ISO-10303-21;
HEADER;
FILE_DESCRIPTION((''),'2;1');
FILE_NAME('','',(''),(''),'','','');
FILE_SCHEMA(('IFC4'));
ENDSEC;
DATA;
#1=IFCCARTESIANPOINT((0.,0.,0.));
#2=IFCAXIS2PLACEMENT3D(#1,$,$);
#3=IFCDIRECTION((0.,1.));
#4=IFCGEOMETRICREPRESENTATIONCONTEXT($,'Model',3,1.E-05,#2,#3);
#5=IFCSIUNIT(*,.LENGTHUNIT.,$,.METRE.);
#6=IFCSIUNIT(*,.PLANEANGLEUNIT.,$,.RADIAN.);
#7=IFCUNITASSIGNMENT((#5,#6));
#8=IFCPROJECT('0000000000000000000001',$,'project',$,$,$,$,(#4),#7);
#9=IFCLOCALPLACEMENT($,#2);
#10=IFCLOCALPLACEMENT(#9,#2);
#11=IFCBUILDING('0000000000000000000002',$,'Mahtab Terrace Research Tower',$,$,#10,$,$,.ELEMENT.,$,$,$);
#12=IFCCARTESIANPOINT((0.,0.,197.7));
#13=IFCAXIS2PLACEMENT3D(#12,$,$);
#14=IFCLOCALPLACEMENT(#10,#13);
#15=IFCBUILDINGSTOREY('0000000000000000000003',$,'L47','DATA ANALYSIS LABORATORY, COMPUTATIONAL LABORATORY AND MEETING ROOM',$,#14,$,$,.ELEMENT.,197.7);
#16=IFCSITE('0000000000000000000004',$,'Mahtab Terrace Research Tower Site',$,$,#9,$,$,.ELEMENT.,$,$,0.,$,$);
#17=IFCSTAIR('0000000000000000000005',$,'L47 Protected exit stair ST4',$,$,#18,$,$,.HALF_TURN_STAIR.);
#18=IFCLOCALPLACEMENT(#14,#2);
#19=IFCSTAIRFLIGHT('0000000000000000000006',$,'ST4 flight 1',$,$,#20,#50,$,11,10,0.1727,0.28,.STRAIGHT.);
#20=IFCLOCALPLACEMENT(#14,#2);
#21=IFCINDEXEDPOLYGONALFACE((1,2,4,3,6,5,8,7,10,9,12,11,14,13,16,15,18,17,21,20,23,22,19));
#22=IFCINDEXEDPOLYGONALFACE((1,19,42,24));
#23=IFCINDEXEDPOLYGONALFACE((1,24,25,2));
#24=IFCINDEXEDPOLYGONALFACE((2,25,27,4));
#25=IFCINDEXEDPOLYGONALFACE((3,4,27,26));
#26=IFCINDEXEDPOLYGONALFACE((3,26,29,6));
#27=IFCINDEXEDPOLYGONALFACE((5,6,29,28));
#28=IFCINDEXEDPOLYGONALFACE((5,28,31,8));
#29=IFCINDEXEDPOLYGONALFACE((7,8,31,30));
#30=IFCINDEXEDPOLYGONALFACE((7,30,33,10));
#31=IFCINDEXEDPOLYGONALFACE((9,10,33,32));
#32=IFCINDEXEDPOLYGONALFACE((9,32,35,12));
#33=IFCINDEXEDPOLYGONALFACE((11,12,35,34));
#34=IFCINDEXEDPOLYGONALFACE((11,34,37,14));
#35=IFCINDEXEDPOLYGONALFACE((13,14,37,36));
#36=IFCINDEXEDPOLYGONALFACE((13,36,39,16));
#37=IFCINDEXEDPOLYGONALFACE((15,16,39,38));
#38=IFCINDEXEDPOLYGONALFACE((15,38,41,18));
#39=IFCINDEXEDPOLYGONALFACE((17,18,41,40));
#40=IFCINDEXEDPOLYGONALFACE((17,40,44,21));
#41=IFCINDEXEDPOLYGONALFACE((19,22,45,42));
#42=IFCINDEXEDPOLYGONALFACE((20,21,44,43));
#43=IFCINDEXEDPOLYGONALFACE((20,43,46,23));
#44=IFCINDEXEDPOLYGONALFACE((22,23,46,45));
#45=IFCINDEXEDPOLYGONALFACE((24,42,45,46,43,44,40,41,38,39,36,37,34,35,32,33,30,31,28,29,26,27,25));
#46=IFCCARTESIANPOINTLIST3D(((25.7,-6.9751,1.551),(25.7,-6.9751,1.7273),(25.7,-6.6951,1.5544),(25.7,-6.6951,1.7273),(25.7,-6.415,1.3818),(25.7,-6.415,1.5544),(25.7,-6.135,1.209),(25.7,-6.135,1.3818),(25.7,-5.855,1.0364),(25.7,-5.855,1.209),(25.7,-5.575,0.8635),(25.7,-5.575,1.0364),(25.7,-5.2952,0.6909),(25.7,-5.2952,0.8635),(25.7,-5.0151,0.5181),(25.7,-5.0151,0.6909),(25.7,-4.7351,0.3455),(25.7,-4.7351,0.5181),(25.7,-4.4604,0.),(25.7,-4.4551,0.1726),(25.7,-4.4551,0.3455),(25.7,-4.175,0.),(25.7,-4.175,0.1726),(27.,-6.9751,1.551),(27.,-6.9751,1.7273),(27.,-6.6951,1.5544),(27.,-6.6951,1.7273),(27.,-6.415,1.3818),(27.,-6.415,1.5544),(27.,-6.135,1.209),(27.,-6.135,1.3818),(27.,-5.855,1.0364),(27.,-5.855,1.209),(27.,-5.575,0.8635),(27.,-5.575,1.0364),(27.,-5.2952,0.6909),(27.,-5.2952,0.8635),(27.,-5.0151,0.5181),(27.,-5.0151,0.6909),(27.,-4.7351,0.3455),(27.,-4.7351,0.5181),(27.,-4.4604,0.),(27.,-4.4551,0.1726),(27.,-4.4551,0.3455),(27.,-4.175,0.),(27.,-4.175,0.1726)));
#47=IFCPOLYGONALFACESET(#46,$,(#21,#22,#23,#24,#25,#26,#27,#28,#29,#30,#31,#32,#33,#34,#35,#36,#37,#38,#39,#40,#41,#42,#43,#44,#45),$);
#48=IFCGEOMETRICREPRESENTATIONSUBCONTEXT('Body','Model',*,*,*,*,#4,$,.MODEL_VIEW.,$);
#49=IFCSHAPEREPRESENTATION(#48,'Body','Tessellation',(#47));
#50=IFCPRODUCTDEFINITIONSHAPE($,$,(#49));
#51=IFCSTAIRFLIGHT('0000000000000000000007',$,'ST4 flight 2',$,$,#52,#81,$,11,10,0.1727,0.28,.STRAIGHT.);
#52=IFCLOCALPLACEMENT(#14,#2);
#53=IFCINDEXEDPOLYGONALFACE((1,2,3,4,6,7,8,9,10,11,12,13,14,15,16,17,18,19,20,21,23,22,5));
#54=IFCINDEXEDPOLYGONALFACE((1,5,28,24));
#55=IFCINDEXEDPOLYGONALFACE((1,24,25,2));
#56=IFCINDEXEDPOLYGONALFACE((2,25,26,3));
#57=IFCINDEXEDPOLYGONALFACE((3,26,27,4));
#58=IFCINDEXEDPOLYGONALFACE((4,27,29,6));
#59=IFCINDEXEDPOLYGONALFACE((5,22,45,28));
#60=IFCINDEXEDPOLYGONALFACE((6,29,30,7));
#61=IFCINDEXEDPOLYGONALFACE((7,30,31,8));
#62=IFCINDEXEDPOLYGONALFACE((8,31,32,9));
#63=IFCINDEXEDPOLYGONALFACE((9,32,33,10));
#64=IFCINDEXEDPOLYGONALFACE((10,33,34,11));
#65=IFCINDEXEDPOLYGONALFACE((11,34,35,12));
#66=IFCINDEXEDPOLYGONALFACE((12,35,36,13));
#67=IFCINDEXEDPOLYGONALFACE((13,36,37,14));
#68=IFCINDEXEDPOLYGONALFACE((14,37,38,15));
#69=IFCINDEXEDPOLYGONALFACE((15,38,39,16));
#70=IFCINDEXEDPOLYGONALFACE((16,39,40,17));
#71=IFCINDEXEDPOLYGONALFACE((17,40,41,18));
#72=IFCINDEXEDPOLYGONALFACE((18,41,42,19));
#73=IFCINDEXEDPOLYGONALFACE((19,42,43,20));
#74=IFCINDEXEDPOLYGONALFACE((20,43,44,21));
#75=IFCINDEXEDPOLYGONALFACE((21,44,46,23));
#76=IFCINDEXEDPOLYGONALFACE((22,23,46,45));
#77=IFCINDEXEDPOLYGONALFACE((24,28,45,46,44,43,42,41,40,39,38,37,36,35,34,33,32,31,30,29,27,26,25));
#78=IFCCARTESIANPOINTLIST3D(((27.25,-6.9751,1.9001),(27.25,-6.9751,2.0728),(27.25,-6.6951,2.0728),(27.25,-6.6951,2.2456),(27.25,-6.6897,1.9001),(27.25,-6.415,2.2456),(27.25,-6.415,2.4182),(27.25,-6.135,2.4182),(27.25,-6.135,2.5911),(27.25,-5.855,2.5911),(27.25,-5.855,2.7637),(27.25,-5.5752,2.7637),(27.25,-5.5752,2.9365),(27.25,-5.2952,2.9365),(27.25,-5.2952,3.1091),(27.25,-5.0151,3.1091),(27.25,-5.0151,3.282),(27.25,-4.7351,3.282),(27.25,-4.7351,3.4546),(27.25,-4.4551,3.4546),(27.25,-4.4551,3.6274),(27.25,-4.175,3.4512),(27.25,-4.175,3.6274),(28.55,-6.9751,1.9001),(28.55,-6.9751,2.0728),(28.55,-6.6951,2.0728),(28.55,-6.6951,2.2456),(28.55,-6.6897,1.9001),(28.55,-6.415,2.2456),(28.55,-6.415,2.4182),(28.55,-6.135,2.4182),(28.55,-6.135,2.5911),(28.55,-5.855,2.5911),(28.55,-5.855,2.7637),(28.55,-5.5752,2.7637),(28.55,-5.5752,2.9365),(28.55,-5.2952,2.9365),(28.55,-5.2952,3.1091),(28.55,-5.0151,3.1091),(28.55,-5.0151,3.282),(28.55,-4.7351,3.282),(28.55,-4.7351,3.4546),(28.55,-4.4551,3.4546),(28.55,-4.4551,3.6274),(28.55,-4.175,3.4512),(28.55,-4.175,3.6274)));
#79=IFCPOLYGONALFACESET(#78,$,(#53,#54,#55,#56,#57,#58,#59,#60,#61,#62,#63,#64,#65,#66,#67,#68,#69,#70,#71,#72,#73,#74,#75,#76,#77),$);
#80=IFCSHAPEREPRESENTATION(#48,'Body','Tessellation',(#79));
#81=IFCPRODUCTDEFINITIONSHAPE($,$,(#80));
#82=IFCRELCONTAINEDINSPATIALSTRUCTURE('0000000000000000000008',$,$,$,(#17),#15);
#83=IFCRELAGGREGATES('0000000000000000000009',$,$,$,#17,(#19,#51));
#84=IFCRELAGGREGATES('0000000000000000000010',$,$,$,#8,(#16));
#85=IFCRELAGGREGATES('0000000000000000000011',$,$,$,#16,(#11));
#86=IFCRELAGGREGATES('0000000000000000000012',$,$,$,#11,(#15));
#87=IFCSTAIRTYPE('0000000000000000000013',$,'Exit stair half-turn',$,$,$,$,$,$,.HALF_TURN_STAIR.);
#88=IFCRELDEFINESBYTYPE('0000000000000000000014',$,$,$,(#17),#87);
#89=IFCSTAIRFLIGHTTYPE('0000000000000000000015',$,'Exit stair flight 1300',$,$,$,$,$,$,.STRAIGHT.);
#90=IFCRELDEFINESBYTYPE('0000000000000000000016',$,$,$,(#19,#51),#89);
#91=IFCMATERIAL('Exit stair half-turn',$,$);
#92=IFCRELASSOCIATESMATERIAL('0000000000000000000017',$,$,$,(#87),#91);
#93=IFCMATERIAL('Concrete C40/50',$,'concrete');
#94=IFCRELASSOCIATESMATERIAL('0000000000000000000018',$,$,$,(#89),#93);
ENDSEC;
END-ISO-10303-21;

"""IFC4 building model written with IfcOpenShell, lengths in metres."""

from ifc_helpers import new_model, si_unit, direction, frame, origin, place, context, subcontext, project, spatial, polyline, outline, extrude, material, type_object, element, aggregate, save


model = new_model("IFC4")

# Units and contexts
model_context = context("Model", 3, precision=1e-05, world=origin(), true_north=direction((0.0, 1.0)))
body_context = subcontext(model_context, "Body", "Model", "MODEL_VIEW")
ifc_project = project(units=[si_unit("LENGTHUNIT", "METRE"), si_unit("PLANEANGLEUNIT", "RADIAN")], contexts=[model_context])

# Site, building, storey
site_placement = place(None, origin())
site = spatial("IfcSite", under=ifc_project, at=site_placement, Name="Mahtab Terrace Research Tower Site", CompositionType="ELEMENT", RefElevation=0.0)
building_placement = place(site_placement, origin())
building = spatial("IfcBuilding", under=site, at=building_placement, Name="Mahtab Terrace Research Tower", CompositionType="ELEMENT")
storey_placement = place(building_placement, frame((0.0, 0.0, 197.7)))
storey = spatial("IfcBuildingStorey", under=building, at=storey_placement, Name="L47", Description="DATA ANALYSIS LABORATORY, COMPUTATIONAL LABORATORY AND MEETING ROOM", CompositionType="ELEMENT", Elevation=197.7)

# Stair, stair flights
ifc_material_1 = material(Name="Exit stair half-turn")
stair_type = type_object("IfcStairType", Name="Exit stair half-turn", PredefinedType="HALF_TURN_STAIR", material=ifc_material_1)
stair_placement = place(storey_placement, origin())
stair = element("IfcStair", 1, at=stair_placement, inside=storey, type_object=stair_type, Name="L47 Protected exit stair ST4", PredefinedType="HALF_TURN_STAIR")
ifc_material_2 = material(Name="Concrete C40/50", Category="concrete")
stair_flight_type = type_object("IfcStairFlightType", Name="Exit stair flight 1300", PredefinedType="STRAIGHT", material=ifc_material_2)
stair_flight_1_placement = place(storey_placement, frame((26.3501, -4.175, 0.0), z_axis=(0.0, 0.0, 1.0), x_axis=(0.0, -1.0, 0.0)))
stair_flight_1 = element("IfcStairFlight", 2, at=stair_flight_1_placement, type_object=stair_flight_type, Name="ST4 flight 1", NumberOfRisers=11, NumberOfTreads=10, PredefinedType="STRAIGHT", RiserHeight=0.1727, TreadLength=0.28, context=body_context, shape_type="SweptSolid", body=[
    extrude(outline(polyline([(0.0, 0.0), (0.0, 0.1726), (0.28, 0.1726), (0.28, 0.3455), (0.5601, 0.3455), (0.5601, 0.5181), (0.8401, 0.5181), (0.8401, 0.6909), (1.1201, 0.6909), (1.1201, 0.8635), (1.3999, 0.8635), (1.3999, 1.0364), (1.6799, 1.0364), (1.6799, 1.209), (1.96, 1.209), (1.96, 1.3818), (2.24, 1.3818), (2.24, 1.5544), (2.52, 1.5544), (2.52, 1.7273), (2.8, 1.7273), (2.8, 1.8999), (2.8, 1.551), (0.2854, 0.0), (0.0, 0.0)])), frame((0.0, 0.6499, 0.0), z_axis=(0.0, -1.0, 0.0), x_axis=(1.0, 0.0, 0.0)), (0.0, 0.0, 1.0), 1.3),
])
stair_flight_2_placement = place(storey_placement, frame((27.8999, -6.9751, 1.9001), z_axis=(0.0, 0.0, 1.0), x_axis=(0.0, 1.0, 0.0)))
stair_flight_2 = element("IfcStairFlight", 3, at=stair_flight_2_placement, type_object=stair_flight_type, Name="ST4 flight 2", NumberOfRisers=11, NumberOfTreads=10, PredefinedType="STRAIGHT", RiserHeight=0.1727, TreadLength=0.28, context=body_context, shape_type="SweptSolid", body=[
    extrude(outline(polyline([(0.0, 0.0), (0.0, 0.1726), (0.28, 0.1726), (0.28, 0.3455), (0.5601, 0.3455), (0.5601, 0.5181), (0.8401, 0.5181), (0.8401, 0.6909), (1.1201, 0.6909), (1.1201, 0.8635), (1.3999, 0.8635), (1.3999, 1.0364), (1.6799, 1.0364), (1.6799, 1.209), (1.96, 1.209), (1.96, 1.3818), (2.24, 1.3818), (2.24, 1.5544), (2.52, 1.5544), (2.52, 1.7273), (2.8, 1.7273), (2.8, 1.8999), (2.8, 1.551), (0.2854, 0.0), (0.0, 0.0)])), frame((0.0, 0.6499, 0.0), z_axis=(0.0, -1.0, 0.0), x_axis=(1.0, 0.0, 0.0)), (0.0, 0.0, 1.0), 1.3),
])
aggregate(stair, [stair_flight_1, stair_flight_2])

save(model, "model.ifc")
